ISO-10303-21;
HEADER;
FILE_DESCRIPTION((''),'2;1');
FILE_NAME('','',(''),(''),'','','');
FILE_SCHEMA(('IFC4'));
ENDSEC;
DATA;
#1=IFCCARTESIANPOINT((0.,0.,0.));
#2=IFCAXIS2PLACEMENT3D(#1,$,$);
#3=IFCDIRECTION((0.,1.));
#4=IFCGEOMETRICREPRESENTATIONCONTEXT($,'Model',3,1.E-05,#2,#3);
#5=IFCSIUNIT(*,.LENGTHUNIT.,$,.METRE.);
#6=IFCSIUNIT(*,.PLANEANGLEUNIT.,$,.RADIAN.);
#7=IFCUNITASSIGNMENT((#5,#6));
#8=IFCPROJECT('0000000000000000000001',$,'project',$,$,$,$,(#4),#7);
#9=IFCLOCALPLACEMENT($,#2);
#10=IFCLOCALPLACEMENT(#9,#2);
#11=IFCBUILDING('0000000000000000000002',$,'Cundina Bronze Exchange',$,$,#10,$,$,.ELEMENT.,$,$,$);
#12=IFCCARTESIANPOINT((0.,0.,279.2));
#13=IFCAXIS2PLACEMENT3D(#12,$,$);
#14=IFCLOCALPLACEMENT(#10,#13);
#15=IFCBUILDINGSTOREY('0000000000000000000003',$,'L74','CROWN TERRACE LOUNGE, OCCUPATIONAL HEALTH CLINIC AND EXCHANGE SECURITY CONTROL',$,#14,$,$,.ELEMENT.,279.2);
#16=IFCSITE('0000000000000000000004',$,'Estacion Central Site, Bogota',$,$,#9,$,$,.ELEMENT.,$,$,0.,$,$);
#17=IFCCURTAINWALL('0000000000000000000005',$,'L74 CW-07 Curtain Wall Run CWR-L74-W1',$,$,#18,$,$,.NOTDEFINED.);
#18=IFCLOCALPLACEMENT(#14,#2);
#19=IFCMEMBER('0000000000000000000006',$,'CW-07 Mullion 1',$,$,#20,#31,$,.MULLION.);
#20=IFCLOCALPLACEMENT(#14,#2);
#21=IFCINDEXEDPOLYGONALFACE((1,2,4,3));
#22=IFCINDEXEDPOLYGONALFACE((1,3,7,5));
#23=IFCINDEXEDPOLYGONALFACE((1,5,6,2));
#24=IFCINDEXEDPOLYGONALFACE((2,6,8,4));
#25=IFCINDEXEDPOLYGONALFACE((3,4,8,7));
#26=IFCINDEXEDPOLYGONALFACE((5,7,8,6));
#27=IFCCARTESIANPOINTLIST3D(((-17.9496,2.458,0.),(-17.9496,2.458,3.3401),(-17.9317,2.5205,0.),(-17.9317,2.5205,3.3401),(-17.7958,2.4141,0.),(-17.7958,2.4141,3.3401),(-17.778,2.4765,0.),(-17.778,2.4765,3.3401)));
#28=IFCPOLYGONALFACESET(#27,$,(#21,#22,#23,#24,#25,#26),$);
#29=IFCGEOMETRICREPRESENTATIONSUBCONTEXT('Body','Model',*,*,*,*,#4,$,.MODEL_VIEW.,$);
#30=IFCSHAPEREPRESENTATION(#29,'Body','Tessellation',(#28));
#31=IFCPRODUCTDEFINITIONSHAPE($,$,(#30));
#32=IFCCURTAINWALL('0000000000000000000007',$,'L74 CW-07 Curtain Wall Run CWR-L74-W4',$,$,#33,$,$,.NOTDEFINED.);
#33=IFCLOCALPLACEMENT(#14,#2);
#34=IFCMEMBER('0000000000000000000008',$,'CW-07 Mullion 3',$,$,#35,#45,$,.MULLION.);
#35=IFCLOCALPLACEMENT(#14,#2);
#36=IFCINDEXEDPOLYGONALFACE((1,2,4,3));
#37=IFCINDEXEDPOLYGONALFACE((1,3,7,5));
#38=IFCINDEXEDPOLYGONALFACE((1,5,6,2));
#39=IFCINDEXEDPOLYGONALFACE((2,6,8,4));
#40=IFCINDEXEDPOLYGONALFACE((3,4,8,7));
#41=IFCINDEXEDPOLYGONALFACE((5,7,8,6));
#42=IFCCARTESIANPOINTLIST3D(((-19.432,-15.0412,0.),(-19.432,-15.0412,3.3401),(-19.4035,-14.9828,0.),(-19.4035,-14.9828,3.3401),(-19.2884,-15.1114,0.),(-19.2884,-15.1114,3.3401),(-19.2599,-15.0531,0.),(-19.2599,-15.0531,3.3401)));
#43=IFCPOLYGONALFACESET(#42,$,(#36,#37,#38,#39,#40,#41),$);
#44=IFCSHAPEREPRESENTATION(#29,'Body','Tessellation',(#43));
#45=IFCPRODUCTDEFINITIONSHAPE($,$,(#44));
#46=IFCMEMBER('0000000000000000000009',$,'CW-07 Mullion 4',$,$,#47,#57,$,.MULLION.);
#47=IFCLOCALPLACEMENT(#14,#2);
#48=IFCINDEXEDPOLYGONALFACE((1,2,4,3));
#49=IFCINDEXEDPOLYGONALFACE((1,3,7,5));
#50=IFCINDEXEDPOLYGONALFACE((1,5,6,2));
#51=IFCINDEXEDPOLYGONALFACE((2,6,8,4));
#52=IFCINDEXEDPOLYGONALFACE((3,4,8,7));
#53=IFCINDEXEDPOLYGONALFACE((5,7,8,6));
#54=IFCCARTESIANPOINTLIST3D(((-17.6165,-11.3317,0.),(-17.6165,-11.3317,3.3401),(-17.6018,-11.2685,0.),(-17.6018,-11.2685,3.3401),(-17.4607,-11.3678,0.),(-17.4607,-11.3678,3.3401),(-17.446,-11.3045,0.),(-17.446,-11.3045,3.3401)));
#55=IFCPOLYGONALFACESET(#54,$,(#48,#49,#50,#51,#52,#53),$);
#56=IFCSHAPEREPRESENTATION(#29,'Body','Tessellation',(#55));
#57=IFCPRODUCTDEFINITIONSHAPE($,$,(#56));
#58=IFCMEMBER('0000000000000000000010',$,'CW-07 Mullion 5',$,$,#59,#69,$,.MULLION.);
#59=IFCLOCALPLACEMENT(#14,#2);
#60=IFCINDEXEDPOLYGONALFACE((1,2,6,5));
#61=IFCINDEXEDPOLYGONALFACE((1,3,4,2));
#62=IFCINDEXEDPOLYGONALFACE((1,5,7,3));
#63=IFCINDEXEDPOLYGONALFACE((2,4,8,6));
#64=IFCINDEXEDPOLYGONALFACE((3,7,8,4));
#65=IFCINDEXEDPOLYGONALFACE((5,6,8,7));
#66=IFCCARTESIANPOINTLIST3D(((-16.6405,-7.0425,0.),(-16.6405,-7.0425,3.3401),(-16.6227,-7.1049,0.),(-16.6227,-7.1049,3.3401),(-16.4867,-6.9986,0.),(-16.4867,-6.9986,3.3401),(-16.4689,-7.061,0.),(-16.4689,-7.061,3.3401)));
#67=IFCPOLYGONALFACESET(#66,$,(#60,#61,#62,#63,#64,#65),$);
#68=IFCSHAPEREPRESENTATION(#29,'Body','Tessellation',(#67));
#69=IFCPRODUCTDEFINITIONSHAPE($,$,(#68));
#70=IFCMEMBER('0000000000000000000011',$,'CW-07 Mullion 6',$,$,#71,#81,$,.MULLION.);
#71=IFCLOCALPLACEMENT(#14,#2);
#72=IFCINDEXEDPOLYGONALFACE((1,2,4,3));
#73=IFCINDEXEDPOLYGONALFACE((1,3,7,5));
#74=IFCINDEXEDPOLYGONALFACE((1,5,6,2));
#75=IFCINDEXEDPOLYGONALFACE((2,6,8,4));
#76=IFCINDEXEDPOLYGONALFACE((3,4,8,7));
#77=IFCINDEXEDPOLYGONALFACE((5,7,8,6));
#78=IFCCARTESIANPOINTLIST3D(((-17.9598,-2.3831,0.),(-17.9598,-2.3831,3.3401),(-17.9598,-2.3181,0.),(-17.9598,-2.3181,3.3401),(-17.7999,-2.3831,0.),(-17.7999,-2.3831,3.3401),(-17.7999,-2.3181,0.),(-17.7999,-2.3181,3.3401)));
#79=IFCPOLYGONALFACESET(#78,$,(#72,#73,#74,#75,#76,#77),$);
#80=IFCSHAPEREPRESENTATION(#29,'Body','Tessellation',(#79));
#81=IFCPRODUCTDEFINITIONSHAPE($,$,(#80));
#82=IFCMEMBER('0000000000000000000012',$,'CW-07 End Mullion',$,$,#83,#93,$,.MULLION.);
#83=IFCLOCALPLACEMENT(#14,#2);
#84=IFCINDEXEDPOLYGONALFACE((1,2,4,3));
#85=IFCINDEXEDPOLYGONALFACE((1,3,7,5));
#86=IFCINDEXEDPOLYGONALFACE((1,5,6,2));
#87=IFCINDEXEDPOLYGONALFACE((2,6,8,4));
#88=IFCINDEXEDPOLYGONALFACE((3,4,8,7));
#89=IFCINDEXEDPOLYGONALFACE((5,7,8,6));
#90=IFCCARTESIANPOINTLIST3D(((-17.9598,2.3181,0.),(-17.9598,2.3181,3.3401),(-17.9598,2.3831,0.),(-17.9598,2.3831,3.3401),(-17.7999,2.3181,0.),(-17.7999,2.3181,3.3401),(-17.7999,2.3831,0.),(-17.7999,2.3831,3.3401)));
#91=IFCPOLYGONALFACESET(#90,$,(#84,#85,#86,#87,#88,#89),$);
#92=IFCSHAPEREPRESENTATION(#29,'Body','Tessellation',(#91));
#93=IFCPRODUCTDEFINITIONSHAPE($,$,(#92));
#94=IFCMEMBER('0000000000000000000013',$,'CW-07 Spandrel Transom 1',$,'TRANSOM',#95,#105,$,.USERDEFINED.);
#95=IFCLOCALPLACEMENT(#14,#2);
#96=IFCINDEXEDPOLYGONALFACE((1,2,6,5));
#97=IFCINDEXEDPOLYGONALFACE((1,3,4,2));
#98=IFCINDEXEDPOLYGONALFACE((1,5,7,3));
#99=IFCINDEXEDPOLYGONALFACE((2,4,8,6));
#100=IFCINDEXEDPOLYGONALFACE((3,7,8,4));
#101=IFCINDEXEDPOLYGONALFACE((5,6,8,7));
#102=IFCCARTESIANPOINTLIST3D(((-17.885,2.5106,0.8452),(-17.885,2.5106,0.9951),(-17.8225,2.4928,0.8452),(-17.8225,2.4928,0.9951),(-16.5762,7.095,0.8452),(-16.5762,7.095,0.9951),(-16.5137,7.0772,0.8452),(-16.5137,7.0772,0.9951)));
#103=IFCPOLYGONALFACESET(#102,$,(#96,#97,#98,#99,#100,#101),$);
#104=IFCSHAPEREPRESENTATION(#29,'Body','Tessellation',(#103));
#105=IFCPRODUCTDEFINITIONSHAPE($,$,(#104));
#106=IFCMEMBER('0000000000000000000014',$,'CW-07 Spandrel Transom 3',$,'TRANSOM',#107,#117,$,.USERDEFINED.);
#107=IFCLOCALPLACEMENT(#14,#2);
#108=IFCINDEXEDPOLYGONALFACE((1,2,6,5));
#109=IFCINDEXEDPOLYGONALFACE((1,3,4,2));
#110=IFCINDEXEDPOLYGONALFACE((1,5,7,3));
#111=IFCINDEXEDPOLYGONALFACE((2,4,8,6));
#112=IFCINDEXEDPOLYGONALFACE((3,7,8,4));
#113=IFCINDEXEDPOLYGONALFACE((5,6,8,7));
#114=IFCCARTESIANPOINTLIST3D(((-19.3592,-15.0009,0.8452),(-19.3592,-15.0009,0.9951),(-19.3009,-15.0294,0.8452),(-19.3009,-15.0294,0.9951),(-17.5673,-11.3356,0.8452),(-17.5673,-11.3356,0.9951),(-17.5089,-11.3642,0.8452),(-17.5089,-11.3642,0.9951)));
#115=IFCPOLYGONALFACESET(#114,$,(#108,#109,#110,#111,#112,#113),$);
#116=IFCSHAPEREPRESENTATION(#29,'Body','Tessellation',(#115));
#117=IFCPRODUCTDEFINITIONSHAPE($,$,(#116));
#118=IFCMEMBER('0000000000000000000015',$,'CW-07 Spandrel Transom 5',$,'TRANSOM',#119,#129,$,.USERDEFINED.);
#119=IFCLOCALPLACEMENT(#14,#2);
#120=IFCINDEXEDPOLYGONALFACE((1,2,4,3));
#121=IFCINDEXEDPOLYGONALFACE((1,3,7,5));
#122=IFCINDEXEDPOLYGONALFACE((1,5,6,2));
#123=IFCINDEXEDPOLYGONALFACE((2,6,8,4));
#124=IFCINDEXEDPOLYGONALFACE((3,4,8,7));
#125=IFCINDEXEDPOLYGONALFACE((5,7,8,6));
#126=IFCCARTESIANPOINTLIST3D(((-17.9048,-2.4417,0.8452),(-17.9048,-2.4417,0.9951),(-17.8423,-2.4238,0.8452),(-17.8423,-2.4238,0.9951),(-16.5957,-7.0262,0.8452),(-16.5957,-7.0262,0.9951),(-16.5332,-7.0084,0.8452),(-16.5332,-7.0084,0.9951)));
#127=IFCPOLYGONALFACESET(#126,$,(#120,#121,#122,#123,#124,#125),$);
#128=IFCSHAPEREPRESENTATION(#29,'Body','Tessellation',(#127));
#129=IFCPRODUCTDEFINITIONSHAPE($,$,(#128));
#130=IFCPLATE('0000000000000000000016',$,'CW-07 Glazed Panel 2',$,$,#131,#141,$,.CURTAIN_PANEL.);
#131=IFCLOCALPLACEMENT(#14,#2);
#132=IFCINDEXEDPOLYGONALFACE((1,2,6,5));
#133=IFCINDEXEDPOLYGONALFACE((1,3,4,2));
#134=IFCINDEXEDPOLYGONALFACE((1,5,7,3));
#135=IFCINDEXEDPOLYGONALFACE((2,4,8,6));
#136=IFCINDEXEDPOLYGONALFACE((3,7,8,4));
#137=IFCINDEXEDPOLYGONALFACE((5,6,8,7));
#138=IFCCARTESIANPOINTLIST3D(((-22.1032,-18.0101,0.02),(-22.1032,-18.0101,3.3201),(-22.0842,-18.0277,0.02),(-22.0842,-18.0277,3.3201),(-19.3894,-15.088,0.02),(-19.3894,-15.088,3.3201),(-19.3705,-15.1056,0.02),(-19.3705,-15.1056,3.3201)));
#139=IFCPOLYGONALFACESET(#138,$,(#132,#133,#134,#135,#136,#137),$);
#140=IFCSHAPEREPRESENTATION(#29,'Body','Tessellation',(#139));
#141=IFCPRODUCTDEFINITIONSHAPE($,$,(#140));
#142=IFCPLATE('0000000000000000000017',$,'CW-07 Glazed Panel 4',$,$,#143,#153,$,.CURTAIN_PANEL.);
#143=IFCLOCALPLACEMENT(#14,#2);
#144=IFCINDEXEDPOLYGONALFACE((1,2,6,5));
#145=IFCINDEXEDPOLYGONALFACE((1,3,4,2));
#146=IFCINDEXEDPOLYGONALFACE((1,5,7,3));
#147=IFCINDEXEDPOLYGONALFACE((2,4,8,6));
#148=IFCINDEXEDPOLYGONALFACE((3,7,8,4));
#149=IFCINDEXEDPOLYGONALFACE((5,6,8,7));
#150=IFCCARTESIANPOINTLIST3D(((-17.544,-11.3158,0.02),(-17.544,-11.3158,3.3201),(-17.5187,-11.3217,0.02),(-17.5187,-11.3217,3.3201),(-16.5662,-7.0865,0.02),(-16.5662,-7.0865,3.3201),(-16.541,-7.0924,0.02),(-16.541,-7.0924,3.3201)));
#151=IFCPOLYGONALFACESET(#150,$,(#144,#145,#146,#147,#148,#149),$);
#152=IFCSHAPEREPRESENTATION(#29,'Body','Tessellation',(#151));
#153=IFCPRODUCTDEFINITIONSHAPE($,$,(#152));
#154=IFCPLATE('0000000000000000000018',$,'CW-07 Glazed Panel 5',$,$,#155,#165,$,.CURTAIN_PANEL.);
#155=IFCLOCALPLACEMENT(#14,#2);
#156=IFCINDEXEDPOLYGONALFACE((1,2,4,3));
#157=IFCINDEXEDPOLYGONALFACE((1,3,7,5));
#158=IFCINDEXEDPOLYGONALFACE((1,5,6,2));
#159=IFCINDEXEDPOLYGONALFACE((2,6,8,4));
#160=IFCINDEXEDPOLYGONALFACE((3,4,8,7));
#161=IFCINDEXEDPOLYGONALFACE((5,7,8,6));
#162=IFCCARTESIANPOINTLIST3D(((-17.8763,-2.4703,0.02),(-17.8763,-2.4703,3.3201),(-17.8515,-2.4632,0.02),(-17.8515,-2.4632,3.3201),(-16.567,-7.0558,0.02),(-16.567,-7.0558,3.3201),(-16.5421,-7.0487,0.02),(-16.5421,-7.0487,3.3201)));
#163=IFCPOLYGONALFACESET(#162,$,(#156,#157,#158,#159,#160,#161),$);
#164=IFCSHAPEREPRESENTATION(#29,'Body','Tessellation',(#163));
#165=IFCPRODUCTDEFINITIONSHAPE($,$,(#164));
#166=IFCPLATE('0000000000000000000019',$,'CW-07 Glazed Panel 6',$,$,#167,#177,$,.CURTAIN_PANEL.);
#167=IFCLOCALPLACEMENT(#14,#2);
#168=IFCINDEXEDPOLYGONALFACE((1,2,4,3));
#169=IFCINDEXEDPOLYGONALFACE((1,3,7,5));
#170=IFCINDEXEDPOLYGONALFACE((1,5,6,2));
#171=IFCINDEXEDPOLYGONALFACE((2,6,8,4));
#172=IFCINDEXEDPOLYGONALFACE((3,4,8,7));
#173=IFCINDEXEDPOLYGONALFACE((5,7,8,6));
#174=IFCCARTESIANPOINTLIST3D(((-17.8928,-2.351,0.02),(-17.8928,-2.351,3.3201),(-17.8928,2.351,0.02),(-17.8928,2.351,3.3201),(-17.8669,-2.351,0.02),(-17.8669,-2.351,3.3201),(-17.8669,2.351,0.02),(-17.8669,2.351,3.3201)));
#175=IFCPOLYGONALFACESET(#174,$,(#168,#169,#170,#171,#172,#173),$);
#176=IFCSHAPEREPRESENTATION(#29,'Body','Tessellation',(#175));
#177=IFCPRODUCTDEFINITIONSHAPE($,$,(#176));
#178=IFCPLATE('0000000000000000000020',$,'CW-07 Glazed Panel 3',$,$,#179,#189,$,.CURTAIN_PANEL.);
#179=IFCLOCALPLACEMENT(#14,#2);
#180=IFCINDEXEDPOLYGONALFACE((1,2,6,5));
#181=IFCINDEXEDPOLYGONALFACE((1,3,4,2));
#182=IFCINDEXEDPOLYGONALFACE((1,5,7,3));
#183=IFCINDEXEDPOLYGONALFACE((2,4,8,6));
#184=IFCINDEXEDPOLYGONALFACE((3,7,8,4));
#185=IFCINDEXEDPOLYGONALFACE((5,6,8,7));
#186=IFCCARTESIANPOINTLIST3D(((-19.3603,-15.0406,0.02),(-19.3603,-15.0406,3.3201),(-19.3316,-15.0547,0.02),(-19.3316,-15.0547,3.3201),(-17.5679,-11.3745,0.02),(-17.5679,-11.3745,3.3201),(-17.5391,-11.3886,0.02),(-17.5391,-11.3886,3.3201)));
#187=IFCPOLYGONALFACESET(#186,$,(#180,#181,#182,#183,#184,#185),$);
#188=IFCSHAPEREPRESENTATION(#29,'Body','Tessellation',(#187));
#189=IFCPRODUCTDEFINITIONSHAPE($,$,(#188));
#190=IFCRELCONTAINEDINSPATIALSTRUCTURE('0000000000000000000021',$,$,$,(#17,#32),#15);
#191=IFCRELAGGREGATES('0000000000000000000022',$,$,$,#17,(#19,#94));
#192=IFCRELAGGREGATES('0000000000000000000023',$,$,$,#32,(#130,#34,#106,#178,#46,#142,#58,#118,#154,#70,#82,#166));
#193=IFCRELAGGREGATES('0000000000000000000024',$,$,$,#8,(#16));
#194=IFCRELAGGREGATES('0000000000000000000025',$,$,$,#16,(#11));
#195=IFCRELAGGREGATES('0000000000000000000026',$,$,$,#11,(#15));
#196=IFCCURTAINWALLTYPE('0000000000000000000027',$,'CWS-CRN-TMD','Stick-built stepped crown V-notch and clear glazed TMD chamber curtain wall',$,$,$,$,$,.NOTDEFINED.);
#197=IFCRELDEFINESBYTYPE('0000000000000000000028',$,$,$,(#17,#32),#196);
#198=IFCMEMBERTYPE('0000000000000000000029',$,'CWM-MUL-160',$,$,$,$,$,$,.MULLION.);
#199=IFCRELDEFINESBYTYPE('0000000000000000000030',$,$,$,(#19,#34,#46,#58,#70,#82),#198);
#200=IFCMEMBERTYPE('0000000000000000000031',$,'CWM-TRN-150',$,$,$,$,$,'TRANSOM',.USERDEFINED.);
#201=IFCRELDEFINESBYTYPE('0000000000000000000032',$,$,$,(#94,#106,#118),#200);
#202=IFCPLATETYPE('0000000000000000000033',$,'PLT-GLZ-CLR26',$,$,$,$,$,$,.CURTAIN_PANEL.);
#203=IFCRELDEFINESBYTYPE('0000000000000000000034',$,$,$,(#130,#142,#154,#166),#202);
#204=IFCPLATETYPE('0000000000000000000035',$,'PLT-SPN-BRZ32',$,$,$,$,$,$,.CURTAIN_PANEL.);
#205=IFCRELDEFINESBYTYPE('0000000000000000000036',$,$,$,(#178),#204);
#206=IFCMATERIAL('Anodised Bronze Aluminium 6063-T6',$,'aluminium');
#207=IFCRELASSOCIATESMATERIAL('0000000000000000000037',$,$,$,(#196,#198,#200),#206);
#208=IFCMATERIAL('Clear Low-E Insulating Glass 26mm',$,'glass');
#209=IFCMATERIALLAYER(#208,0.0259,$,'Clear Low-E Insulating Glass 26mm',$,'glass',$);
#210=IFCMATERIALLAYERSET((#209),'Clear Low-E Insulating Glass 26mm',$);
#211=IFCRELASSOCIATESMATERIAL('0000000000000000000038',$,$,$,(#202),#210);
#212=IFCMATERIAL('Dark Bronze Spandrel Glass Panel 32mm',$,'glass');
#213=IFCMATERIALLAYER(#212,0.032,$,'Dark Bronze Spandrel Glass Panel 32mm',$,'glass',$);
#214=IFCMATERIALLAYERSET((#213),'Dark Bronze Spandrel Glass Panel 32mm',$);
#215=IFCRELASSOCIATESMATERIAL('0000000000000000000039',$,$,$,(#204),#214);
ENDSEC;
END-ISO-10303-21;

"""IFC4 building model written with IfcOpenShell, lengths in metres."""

from ifc_helpers import new_model, si_unit, direction, frame, origin, origin_2d, place, context, subcontext, project, spatial, rectangle, extrude, material, layer, layer_set, material_profile, profile_set, type_object, element, aggregate, save


model = new_model("IFC4")

# Units and contexts
model_context = context("Model", 3, precision=1e-05, world=origin(), true_north=direction((0.0, 1.0)))
body_context = subcontext(model_context, "Body", "Model", "MODEL_VIEW")
ifc_project = project(units=[si_unit("LENGTHUNIT", "METRE"), si_unit("PLANEANGLEUNIT", "RADIAN")], contexts=[model_context])

# Site, building, storey
site_placement = place(None, origin())
site = spatial("IfcSite", under=ifc_project, at=site_placement, Name="Estacion Central Site, Bogota", CompositionType="ELEMENT", RefElevation=0.0)
building_placement = place(site_placement, origin())
building = spatial("IfcBuilding", under=site, at=building_placement, Name="Cundina Bronze Exchange", CompositionType="ELEMENT")
storey_placement = place(building_placement, frame((0.0, 0.0, 279.2)))
storey = spatial("IfcBuildingStorey", under=building, at=storey_placement, Name="L74", Description="CROWN TERRACE LOUNGE, OCCUPATIONAL HEALTH CLINIC AND EXCHANGE SECURITY CONTROL", CompositionType="ELEMENT", Elevation=279.2)

# Curtain wall, member
ifc_material_1 = material(Name="Anodised Bronze Aluminium 6063-T6", Category="aluminium")
curtain_wall_type = type_object("IfcCurtainWallType", Name="CWS-CRN-TMD", Description="Stick-built stepped crown V-notch and clear glazed TMD chamber curtain wall", PredefinedType="NOTDEFINED", material=ifc_material_1)
curtain_wall_1_placement = place(storey_placement, origin())
curtain_wall_1 = element("IfcCurtainWall", 1, at=curtain_wall_1_placement, inside=storey, type_object=curtain_wall_type, Name="L74 CW-07 Curtain Wall Run CWR-L74-W1", PredefinedType="NOTDEFINED")
ifc_material_profile_1 = material_profile(ifc_material_1, rectangle(XDim=0.0649, YDim=0.1599, at=origin_2d()), Name="AL65X160", Category="aluminium")
ifc_profile_set_1 = profile_set([ifc_material_profile_1], Name="Anodised Bronze Aluminium 6063-T6")
member_type_1 = type_object("IfcMemberType", Name="CWM-MUL-160", PredefinedType="MULLION", material=ifc_profile_set_1)
member_1_placement = place(storey_placement, frame((-17.8638, 2.4673, 0.0), z_axis=(0.0, 0.0, 1.0), x_axis=(0.274631, 0.96155, 0.0)))
member_1 = element("IfcMember", 2, at=member_1_placement, type_object=member_type_1, Name="CW-07 Mullion 1", PredefinedType="MULLION", context=body_context, shape_type="SweptSolid", body=[
    extrude(rectangle(XDim=0.0649, YDim=0.1599, at=origin_2d()), origin(), (0.0, 0.0, 1.0), 3.3401),
])

# Curtain wall, members
curtain_wall_2_placement = place(storey_placement, origin())
curtain_wall_2 = element("IfcCurtainWall", 3, at=curtain_wall_2_placement, inside=storey, type_object=curtain_wall_type, Name="L74 CW-07 Curtain Wall Run CWR-L74-W4", PredefinedType="NOTDEFINED")
member_2_placement = place(storey_placement, frame((-19.3459, -15.0471, 0.0), z_axis=(0.0, 0.0, 1.0), x_axis=(0.439155, 0.898411, 0.0)))
member_2 = element("IfcMember", 4, at=member_2_placement, type_object=member_type_1, Name="CW-07 Mullion 3", PredefinedType="MULLION", context=body_context, shape_type="SweptSolid", body=[
    extrude(rectangle(XDim=0.0649, YDim=0.1599, at=origin_2d()), origin(), (0.0, 0.0, 1.0), 3.3401),
])
member_3_placement = place(storey_placement, frame((-17.5312, -11.3181, 0.0), z_axis=(0.0, 0.0, 1.0), x_axis=(0.225291, 0.974291, 0.0)))
member_3 = element("IfcMember", 5, at=member_3_placement, type_object=member_type_1, Name="CW-07 Mullion 4", PredefinedType="MULLION", context=body_context, shape_type="SweptSolid", body=[
    extrude(rectangle(XDim=0.0649, YDim=0.1599, at=origin_2d()), origin(), (0.0, 0.0, 1.0), 3.3401),
])
member_4_placement = place(storey_placement, frame((-16.5547, -7.0518, 0.0), z_axis=(0.0, 0.0, 1.0), x_axis=(-0.274631, 0.96155, 0.0)))
member_4 = element("IfcMember", 6, at=member_4_placement, type_object=member_type_1, Name="CW-07 Mullion 5", PredefinedType="MULLION", context=body_context, shape_type="SweptSolid", body=[
    extrude(rectangle(XDim=0.0649, YDim=0.1599, at=origin_2d()), origin(), (0.0, 0.0, 1.0), 3.3401),
])
member_5_placement = place(storey_placement, frame((-17.8799, -2.3506, 0.0), z_axis=(0.0, 0.0, 1.0), x_axis=(0.0, 1.0, 0.0)))
member_5 = element("IfcMember", 7, at=member_5_placement, type_object=member_type_1, Name="CW-07 Mullion 6", PredefinedType="MULLION", context=body_context, shape_type="SweptSolid", body=[
    extrude(rectangle(XDim=0.0649, YDim=0.1599, at=origin_2d()), origin(), (0.0, 0.0, 1.0), 3.3401),
])
member_6_placement = place(storey_placement, frame((-17.8799, 2.3506, 0.0), z_axis=(0.0, 0.0, 1.0), x_axis=(0.0, 1.0, 0.0)))
member_6 = element("IfcMember", 8, at=member_6_placement, type_object=member_type_1, Name="CW-07 End Mullion", PredefinedType="MULLION", context=body_context, shape_type="SweptSolid", body=[
    extrude(rectangle(XDim=0.0649, YDim=0.1599, at=origin_2d()), origin(), (0.0, 0.0, 1.0), 3.3401),
])

# Members
ifc_material_profile_2 = material_profile(ifc_material_1, rectangle(XDim=0.0649, YDim=0.1499, at=origin_2d()), Name="AL65X150", Category="aluminium")
ifc_profile_set_2 = profile_set([ifc_material_profile_2], Name="Anodised Bronze Aluminium 6063-T6")
member_type_2 = type_object("IfcMemberType", Name="CWM-TRN-150", ElementType="TRANSOM", PredefinedType="USERDEFINED", material=ifc_profile_set_2)
member_7_placement = place(storey_placement, frame((-17.8538, 2.5017, 0.9202), z_axis=(0.274525, 0.96158, 0.0), x_axis=(-0.96158, 0.274525, 0.0)))
member_7 = element("IfcMember", 9, at=member_7_placement, type_object=member_type_2, Name="CW-07 Spandrel Transom 1", ObjectType="TRANSOM", PredefinedType="USERDEFINED", context=body_context, shape_type="SweptSolid", body=[
    extrude(rectangle(XDim=0.0649, YDim=0.1499, at=origin_2d()), origin(), (0.0, 0.0, 1.0), 4.7676),
])
aggregate(curtain_wall_1, [member_1, member_7])
member_8_placement = place(storey_placement, frame((-19.3301, -15.0151, 0.9202), z_axis=(0.439225, 0.898377, 0.0), x_axis=(-0.898377, 0.439225, 0.0)))
member_8 = element("IfcMember", 10, at=member_8_placement, type_object=member_type_2, Name="CW-07 Spandrel Transom 3", ObjectType="TRANSOM", PredefinedType="USERDEFINED", context=body_context, shape_type="SweptSolid", body=[
    extrude(rectangle(XDim=0.0649, YDim=0.1499, at=origin_2d()), origin(), (0.0, 0.0, 1.0), 4.0798),
])
member_9_placement = place(storey_placement, frame((-16.5645, -7.0173, 0.9202), z_axis=(-0.274572, 0.961566, 0.0), x_axis=(-0.961566, -0.274572, 0.0)))
member_9 = element("IfcMember", 11, at=member_9_placement, type_object=member_type_2, Name="CW-07 Spandrel Transom 5", ObjectType="TRANSOM", PredefinedType="USERDEFINED", context=body_context, shape_type="SweptSolid", body=[
    extrude(rectangle(XDim=0.0649, YDim=0.1499, at=origin_2d()), origin(), (0.0, 0.0, 1.0), 4.7678),
])

# Plates
ifc_material_2 = material(Name="Clear Low-E Insulating Glass 26mm", Category="glass")
ifc_layer_1 = layer(ifc_material_2, 0.0259, Name="Clear Low-E Insulating Glass 26mm", Category="glass")
ifc_layer_set_1 = layer_set([ifc_layer_1], Name="Clear Low-E Insulating Glass 26mm")
plate_type_1 = type_object("IfcPlateType", Name="PLT-GLZ-CLR26", PredefinedType="CURTAIN_PANEL", material=ifc_layer_set_1)
plate_1_placement = place(storey_placement, frame((-20.7368, -16.5579, 0.02), z_axis=(0.0, 0.0, 1.0), x_axis=(0.680503, 0.732745, 0.0)))
plate_1 = element("IfcPlate", 12, at=plate_1_placement, type_object=plate_type_1, Name="CW-07 Glazed Panel 2", PredefinedType="CURTAIN_PANEL", context=body_context, shape_type="SweptSolid", body=[
    extrude(rectangle(XDim=3.9878, YDim=0.0259, at=origin_2d()), origin(), (0.0, 0.0, 1.0), 3.3),
])
plate_2_placement = place(storey_placement, frame((-17.0425, -9.2041, 0.02), z_axis=(0.0, 0.0, 1.0), x_axis=(0.22524, 0.974303, 0.0)))
plate_2 = element("IfcPlate", 13, at=plate_2_placement, type_object=plate_type_1, Name="CW-07 Glazed Panel 4", PredefinedType="CURTAIN_PANEL", context=body_context, shape_type="SweptSolid", body=[
    extrude(rectangle(XDim=4.3408, YDim=0.0259, at=origin_2d()), origin(), (0.0, 0.0, 1.0), 3.3),
])
plate_3_placement = place(storey_placement, frame((-17.2092, -4.7595, 0.02), z_axis=(0.0, 0.0, 1.0), x_axis=(-0.274563, 0.961569, 0.0)))
plate_3 = element("IfcPlate", 14, at=plate_3_placement, type_object=plate_type_1, Name="CW-07 Glazed Panel 5", PredefinedType="CURTAIN_PANEL", context=body_context, shape_type="SweptSolid", body=[
    extrude(rectangle(XDim=4.7688, YDim=0.0259, at=origin_2d()), origin(), (0.0, 0.0, 1.0), 3.3),
])
plate_4_placement = place(storey_placement, frame((-17.8799, 0.0, 0.02), z_axis=(0.0, 0.0, 1.0), x_axis=(0.0, 1.0, 0.0)))
plate_4 = element("IfcPlate", 15, at=plate_4_placement, type_object=plate_type_1, Name="CW-07 Glazed Panel 6", PredefinedType="CURTAIN_PANEL", context=body_context, shape_type="SweptSolid", body=[
    extrude(rectangle(XDim=4.7019, YDim=0.0259, at=origin_2d()), origin(), (0.0, 0.0, 1.0), 3.3),
])
ifc_material_3 = material(Name="Dark Bronze Spandrel Glass Panel 32mm", Category="glass")
ifc_layer_2 = layer(ifc_material_3, 0.032, Name="Dark Bronze Spandrel Glass Panel 32mm", Category="glass")
ifc_layer_set_2 = layer_set([ifc_layer_2], Name="Dark Bronze Spandrel Glass Panel 32mm")
plate_type_2 = type_object("IfcPlateType", Name="PLT-SPN-BRZ32", PredefinedType="CURTAIN_PANEL", material=ifc_layer_set_2)
plate_5_placement = place(storey_placement, frame((-18.4497, -13.2146, 0.02), z_axis=(0.0, 0.0, 1.0), x_axis=(0.439234, 0.898373, 0.0)))
plate_5 = element("IfcPlate", 16, at=plate_5_placement, type_object=plate_type_2, Name="CW-07 Glazed Panel 3", PredefinedType="CURTAIN_PANEL", context=body_context, shape_type="SweptSolid", body=[
    extrude(rectangle(XDim=4.0808, YDim=0.032, at=origin_2d()), origin(), (0.0, 0.0, 1.0), 3.3),
])
aggregate(curtain_wall_2, [plate_1, member_2, member_8, plate_5, member_3, plate_2, member_4, member_9, plate_3, member_5, member_6, plate_4])

save(model, "model.ifc")
